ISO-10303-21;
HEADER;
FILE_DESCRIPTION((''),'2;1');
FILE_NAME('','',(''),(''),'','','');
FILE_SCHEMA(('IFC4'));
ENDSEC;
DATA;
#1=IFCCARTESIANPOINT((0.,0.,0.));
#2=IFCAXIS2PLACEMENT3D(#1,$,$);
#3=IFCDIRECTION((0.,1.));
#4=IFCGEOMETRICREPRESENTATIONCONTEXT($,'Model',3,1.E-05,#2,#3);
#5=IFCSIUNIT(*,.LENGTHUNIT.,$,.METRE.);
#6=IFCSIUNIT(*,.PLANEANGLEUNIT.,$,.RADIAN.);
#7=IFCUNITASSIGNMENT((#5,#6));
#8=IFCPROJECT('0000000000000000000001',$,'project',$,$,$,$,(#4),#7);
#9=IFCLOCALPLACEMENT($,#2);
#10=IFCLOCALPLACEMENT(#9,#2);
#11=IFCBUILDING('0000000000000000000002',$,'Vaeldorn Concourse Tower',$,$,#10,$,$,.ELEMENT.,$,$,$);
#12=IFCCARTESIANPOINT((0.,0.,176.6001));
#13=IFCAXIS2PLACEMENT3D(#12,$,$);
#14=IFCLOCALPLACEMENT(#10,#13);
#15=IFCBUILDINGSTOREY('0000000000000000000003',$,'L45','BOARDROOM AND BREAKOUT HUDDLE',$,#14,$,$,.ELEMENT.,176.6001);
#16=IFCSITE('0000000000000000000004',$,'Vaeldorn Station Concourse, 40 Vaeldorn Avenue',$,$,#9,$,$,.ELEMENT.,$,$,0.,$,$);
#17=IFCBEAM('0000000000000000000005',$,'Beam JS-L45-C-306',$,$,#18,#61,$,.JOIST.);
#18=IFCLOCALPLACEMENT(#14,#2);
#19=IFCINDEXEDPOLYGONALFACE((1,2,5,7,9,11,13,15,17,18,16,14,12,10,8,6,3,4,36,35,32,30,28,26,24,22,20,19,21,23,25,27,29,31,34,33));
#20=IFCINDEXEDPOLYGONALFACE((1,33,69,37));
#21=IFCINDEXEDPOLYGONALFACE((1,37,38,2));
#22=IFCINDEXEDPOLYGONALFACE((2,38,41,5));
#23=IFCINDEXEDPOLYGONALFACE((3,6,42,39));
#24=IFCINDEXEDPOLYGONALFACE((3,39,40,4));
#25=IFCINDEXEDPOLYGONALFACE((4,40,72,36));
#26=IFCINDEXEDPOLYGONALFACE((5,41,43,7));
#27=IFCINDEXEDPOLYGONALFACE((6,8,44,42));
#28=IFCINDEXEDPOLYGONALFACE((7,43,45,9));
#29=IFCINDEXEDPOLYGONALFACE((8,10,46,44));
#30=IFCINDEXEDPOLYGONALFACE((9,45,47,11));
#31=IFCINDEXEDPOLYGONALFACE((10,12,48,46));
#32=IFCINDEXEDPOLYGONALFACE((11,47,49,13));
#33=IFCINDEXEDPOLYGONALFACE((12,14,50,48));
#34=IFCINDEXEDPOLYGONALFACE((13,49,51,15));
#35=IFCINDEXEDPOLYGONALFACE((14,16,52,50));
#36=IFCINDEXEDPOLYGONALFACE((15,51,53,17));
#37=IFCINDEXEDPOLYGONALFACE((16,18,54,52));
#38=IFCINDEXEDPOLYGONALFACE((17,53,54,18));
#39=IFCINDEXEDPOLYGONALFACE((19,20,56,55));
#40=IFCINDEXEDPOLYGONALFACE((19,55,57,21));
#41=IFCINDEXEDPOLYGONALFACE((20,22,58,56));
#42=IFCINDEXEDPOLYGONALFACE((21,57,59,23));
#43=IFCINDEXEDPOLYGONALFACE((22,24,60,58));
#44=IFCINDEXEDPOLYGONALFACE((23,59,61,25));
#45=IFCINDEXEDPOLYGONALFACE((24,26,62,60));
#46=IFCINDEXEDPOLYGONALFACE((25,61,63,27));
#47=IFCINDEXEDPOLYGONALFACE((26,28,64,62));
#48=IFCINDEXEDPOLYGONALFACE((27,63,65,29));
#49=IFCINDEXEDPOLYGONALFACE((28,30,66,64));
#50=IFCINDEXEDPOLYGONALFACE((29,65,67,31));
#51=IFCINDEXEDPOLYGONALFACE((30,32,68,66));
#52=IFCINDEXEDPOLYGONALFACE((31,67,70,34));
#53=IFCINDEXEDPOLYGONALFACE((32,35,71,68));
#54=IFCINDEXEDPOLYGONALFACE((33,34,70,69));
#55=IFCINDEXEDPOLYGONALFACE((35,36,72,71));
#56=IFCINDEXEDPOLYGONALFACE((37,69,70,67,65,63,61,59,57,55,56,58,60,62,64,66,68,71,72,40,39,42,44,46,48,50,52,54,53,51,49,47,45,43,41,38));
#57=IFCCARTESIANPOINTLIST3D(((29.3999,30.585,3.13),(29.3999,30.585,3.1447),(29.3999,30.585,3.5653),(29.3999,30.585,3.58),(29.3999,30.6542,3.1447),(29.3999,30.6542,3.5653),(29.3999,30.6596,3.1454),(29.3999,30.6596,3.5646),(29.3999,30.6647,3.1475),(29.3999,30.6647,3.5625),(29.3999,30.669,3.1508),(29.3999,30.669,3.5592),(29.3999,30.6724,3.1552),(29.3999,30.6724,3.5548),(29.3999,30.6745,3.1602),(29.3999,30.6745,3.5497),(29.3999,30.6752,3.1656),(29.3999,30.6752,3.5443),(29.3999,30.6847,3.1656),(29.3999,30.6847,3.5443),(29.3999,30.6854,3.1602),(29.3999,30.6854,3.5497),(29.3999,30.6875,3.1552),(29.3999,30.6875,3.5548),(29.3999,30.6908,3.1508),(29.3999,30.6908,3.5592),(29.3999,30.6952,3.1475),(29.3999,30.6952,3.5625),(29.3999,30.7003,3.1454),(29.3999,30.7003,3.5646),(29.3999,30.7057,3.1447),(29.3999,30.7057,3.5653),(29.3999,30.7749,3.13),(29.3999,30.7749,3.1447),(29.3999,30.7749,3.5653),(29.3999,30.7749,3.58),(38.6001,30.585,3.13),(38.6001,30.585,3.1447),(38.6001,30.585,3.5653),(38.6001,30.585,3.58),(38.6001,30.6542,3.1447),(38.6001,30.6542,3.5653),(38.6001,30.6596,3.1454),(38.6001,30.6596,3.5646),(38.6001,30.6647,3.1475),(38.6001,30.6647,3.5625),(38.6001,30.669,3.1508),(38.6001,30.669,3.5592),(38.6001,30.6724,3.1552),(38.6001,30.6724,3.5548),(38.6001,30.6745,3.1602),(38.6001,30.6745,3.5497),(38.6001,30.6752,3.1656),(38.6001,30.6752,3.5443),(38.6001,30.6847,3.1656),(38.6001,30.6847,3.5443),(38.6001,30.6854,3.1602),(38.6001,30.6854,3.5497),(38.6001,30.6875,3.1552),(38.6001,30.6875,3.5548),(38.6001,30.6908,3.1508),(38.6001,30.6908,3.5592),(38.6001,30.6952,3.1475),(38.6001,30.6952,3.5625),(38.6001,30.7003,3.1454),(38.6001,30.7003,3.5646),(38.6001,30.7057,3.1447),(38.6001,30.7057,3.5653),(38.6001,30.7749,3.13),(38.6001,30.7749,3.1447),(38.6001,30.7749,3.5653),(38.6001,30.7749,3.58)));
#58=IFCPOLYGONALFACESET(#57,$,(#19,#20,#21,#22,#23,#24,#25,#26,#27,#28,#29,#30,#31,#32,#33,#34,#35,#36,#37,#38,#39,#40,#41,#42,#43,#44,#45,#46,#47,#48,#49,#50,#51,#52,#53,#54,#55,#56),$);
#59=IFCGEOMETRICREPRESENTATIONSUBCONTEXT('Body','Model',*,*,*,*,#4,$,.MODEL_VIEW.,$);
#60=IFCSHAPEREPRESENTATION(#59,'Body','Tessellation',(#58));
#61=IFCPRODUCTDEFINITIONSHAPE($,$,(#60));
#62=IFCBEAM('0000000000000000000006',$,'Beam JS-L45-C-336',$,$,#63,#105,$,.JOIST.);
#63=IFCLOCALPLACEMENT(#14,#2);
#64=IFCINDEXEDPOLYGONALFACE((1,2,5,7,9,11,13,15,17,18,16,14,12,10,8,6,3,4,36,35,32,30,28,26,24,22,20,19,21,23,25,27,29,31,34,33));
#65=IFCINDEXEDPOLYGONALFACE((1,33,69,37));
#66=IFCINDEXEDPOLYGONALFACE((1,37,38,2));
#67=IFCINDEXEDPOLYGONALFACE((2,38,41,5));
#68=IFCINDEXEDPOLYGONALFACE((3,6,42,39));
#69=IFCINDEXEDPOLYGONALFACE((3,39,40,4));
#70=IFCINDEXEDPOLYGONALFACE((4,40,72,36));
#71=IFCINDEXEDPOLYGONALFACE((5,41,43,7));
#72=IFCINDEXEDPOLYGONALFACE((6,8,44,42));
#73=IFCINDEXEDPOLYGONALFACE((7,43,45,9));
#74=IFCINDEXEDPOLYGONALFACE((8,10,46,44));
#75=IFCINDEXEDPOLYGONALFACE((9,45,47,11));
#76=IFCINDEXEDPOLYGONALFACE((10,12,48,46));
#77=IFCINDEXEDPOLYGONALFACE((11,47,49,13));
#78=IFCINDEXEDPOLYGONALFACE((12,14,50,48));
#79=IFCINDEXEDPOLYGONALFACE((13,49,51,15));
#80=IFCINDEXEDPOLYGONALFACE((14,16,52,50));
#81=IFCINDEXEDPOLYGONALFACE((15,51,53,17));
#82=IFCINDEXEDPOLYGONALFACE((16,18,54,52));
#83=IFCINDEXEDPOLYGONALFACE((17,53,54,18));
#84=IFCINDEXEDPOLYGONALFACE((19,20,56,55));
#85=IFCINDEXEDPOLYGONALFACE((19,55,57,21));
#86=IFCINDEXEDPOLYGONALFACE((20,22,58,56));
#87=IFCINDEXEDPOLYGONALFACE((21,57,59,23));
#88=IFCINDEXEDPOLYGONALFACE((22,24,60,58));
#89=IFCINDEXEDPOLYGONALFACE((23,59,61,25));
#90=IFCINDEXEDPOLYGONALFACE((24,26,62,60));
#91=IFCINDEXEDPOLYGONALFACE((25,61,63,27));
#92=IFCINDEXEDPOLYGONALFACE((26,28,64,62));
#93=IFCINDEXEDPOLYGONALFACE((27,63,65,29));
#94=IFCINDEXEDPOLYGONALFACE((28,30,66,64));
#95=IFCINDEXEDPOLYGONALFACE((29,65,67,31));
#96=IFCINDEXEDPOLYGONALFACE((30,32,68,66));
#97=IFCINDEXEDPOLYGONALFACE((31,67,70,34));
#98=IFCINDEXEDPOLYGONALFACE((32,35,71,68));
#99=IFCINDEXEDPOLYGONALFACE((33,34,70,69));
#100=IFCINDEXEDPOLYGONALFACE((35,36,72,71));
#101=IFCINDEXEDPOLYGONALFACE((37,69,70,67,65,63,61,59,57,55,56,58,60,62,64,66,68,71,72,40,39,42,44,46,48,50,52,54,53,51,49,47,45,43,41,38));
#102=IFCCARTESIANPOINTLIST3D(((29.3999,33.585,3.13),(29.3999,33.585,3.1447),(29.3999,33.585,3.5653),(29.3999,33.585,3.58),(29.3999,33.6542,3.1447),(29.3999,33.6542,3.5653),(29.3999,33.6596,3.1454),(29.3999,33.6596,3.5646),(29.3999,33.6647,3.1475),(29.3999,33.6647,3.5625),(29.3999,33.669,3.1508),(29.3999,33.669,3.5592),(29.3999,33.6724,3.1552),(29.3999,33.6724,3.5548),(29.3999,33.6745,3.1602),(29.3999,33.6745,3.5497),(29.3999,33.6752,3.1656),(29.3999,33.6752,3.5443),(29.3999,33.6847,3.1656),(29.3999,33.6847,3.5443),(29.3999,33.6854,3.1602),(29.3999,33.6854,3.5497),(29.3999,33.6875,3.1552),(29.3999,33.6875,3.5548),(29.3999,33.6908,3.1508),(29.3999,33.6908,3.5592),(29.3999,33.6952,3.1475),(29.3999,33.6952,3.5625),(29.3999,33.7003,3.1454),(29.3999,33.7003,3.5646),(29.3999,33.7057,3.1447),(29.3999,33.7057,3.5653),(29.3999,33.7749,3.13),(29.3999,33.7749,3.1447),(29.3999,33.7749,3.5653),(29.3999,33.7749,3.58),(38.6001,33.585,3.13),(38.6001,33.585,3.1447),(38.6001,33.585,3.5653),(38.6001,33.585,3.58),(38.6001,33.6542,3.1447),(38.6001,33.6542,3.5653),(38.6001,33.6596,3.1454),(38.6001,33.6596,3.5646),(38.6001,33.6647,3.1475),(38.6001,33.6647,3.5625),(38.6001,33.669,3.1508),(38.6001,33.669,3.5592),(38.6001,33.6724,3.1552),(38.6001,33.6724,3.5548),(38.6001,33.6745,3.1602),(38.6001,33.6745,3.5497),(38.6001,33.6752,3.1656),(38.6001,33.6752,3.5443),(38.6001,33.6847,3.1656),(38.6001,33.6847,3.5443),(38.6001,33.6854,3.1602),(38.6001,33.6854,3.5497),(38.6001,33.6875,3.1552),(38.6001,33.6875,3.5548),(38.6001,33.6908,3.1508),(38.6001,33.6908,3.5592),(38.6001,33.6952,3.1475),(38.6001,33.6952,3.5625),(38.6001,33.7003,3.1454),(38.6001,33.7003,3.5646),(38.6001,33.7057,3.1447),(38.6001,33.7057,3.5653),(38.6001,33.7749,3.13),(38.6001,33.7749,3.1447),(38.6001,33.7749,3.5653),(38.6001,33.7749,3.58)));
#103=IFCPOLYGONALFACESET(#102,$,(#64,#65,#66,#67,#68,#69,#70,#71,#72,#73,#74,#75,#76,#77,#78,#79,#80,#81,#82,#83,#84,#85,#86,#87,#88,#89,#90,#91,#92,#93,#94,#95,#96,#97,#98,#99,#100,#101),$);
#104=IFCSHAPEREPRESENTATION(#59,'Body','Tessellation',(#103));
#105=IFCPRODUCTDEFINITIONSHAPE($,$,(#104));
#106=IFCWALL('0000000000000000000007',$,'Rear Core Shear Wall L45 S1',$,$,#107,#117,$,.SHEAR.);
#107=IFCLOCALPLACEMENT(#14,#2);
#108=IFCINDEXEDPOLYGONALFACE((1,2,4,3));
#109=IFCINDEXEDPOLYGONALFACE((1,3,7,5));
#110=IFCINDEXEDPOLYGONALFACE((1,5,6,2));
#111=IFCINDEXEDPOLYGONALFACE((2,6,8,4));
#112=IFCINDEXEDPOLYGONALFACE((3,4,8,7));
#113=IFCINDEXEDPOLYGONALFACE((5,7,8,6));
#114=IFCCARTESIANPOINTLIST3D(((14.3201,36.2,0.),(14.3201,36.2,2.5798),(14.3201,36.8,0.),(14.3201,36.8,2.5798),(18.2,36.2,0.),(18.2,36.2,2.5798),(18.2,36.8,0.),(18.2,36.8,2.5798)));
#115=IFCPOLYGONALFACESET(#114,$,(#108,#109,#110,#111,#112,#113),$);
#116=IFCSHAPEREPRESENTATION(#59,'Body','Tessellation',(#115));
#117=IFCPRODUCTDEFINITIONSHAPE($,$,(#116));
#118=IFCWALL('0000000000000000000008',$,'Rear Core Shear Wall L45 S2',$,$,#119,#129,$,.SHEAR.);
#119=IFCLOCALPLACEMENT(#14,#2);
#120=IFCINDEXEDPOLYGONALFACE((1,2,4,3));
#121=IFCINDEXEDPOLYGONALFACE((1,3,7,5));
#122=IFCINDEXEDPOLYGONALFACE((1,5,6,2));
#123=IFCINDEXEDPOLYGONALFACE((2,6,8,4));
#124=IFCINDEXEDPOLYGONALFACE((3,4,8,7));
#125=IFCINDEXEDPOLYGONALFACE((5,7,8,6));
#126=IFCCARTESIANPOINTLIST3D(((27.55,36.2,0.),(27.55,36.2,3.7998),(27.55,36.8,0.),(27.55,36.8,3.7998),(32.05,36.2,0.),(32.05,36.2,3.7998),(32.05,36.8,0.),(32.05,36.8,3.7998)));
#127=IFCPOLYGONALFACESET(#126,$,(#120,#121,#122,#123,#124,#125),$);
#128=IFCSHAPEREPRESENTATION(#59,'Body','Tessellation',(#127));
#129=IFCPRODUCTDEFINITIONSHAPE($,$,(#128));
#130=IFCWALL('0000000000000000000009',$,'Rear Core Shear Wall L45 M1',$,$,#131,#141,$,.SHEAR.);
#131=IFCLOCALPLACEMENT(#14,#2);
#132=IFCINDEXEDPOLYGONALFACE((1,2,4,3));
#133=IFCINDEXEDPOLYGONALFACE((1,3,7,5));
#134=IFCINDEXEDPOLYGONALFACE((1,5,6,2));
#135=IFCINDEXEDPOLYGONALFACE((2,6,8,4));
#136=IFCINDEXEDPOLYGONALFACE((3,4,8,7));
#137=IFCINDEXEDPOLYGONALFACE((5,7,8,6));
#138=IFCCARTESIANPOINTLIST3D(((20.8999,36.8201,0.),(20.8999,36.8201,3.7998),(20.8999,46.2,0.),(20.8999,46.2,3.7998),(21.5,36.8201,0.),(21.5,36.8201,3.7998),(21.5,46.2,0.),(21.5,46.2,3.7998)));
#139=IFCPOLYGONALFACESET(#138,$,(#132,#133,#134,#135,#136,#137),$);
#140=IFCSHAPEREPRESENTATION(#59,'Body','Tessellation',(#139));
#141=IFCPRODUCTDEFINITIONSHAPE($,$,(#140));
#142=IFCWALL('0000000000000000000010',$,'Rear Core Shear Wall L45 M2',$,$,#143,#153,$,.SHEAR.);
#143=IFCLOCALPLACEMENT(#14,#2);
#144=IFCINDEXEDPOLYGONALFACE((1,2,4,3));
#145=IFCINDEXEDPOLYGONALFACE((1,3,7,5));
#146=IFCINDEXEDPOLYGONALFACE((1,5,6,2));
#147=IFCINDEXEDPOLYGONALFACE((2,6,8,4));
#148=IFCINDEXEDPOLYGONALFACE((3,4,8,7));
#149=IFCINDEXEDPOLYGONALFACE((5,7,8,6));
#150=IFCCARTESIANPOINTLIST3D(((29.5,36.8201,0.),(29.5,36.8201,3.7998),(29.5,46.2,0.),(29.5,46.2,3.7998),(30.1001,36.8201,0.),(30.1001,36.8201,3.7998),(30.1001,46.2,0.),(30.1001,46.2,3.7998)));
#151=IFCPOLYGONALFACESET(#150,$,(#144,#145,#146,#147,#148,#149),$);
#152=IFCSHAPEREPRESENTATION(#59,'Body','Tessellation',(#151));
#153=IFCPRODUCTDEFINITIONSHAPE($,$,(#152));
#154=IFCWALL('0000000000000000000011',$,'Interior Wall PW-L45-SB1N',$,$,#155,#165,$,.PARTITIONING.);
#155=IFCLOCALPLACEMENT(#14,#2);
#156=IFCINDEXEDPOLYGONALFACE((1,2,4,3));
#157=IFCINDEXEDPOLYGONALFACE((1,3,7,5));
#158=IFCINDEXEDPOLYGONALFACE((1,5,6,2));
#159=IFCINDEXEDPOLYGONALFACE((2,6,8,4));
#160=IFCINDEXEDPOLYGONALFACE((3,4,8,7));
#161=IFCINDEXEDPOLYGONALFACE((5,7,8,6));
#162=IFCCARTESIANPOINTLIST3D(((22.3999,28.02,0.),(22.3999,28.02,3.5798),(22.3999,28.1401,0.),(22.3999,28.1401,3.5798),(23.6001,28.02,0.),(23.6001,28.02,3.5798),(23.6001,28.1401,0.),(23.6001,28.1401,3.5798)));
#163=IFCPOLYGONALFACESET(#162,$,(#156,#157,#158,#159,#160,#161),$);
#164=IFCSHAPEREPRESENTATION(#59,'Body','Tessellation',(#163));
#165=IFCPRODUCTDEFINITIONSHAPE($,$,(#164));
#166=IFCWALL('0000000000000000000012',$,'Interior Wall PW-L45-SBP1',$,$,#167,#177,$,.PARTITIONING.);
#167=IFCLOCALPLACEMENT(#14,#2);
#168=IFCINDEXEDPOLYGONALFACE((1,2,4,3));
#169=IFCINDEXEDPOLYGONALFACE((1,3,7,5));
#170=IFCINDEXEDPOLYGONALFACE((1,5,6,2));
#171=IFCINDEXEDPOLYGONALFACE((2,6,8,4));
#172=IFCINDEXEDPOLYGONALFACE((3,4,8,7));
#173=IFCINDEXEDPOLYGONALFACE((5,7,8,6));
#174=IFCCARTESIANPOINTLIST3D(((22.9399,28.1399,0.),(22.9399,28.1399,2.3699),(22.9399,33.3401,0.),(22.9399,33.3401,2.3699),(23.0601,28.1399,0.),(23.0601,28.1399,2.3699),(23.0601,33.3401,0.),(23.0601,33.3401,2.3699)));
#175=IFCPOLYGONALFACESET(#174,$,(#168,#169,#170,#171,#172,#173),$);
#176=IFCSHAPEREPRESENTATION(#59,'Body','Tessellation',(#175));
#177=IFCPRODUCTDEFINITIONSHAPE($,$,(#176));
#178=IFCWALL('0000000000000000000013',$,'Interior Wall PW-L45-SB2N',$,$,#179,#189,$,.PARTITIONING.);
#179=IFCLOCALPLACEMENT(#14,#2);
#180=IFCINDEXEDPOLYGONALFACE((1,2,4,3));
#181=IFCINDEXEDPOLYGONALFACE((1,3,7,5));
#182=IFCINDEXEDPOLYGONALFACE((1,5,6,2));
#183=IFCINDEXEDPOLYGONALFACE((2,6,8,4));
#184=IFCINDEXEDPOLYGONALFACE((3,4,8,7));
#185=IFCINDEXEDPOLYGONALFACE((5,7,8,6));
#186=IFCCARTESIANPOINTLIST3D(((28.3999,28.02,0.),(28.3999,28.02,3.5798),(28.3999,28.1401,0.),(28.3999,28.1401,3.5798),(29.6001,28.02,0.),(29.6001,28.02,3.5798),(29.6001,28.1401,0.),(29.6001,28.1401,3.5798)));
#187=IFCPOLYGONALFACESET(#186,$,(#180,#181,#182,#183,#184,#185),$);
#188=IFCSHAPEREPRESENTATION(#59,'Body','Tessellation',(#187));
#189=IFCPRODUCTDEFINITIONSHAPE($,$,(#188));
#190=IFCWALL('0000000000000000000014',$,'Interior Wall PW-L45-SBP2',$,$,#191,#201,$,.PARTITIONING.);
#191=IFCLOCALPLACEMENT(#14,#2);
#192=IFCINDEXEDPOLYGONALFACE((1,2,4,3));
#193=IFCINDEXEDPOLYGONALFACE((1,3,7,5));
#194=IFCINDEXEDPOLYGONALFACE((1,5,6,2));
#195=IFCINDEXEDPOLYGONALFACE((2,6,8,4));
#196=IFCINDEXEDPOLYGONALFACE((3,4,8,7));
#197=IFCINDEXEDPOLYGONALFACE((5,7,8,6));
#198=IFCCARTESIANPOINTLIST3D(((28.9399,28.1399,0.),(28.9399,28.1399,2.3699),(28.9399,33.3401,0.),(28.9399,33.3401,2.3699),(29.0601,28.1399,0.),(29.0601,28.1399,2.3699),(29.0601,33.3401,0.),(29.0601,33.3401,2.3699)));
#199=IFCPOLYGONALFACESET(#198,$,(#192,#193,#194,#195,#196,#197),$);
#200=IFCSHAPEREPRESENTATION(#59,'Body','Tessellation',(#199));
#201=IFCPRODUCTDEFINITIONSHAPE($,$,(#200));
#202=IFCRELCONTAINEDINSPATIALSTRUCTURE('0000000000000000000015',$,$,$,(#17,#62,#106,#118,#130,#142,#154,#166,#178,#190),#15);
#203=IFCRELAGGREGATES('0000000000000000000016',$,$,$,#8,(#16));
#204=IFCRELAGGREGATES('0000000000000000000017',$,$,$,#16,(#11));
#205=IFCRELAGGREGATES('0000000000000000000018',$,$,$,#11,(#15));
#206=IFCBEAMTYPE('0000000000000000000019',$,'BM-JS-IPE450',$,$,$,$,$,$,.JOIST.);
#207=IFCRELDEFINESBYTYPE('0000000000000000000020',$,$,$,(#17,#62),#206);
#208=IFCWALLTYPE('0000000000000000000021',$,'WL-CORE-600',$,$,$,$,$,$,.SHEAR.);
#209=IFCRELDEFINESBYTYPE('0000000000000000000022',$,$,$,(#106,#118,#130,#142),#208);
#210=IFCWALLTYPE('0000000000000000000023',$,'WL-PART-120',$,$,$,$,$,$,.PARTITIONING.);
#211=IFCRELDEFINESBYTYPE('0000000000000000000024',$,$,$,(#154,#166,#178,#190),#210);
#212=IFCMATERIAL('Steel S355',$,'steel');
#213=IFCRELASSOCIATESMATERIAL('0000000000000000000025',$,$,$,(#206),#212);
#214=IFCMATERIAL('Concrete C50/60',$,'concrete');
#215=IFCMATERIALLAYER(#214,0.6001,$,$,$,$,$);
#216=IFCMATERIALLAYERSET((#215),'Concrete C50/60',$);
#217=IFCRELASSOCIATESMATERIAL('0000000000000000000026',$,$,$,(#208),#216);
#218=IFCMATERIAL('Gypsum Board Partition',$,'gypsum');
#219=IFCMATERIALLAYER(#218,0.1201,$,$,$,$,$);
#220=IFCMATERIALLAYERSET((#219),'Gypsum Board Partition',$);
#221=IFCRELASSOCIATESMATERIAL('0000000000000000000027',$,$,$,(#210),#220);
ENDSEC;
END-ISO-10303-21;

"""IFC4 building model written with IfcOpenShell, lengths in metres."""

from ifc_helpers import new_model, si_unit, direction, frame, frame_2d, origin, origin_2d, place, context, subcontext, project, spatial, rectangle, i_section, extrude, source, transform, mapped, material, layer, layer_set, material_profile, profile_set, type_object, element, save


model = new_model("IFC4")

# Units and contexts
model_context = context("Model", 3, precision=1e-05, world=origin(), true_north=direction((0.0, 1.0)))
body_context = subcontext(model_context, "Body", "Model", "MODEL_VIEW")
ifc_project = project(units=[si_unit("LENGTHUNIT", "METRE"), si_unit("PLANEANGLEUNIT", "RADIAN")], contexts=[model_context])

# Site, building, storey
site_placement = place(None, origin())
site = spatial("IfcSite", under=ifc_project, at=site_placement, Name="Vaeldorn Station Concourse, 40 Vaeldorn Avenue", CompositionType="ELEMENT", RefElevation=0.0)
building_placement = place(site_placement, origin())
building = spatial("IfcBuilding", under=site, at=building_placement, Name="Vaeldorn Concourse Tower", CompositionType="ELEMENT")
storey_placement = place(building_placement, frame((0.0, 0.0, 176.6001)))
storey = spatial("IfcBuildingStorey", under=building, at=storey_placement, Name="L45", Description="BOARDROOM AND BREAKOUT HUDDLE", CompositionType="ELEMENT", Elevation=176.6001)

# Shared definitions
ifc_material_1 = material(Name="Steel S355", Category="steel")

# Beams
ifc_material_profile_1 = material_profile(ifc_material_1, i_section(OverallWidth=0.1899, OverallDepth=0.45, WebThickness=0.0095, FlangeThickness=0.0146, FilletRadius=0.021, at=origin_2d()), Name="IPE 450")
ifc_profile_set_1 = profile_set([ifc_material_profile_1], Name="Steel S355")
beam_type_1 = type_object("IfcBeamType", Name="BM-JS-IPE450", PredefinedType="JOIST", material=ifc_profile_set_1)
shared_shape_1 = source(origin(), body_context, "Body", "SweptSolid", [
    extrude(i_section(OverallWidth=0.1899, OverallDepth=0.45, WebThickness=0.0095, FlangeThickness=0.0146, FilletRadius=0.021, at=origin_2d()), origin(), (0.0, 0.0, 1.0), 9.2002),
])
for number, where, z_axis, x_axis, name in (
    (1, (29.3999, 30.6799, 3.355), (1.0, 0.0, 0.0), (0.0, 1.0, 0.0), "Beam JS-L45-C-306"),
    (2, (29.3999, 33.6799, 3.355), (1.0, 0.0, 0.0), (0.0, 1.0, 0.0), "Beam JS-L45-C-336"),
):
    element("IfcBeam", number, at=place(storey_placement, frame(where, z_axis=z_axis, x_axis=x_axis)), inside=storey, type_object=beam_type_1, Name=name, PredefinedType="JOIST", context=body_context, shape_type="MappedRepresentation", body=[
        mapped(shared_shape_1, transform((0.0, 0.0, 0.0), scale=1.0)),
    ])

# Walls
ifc_material_2 = material(Name="Concrete C50/60", Category="concrete")
ifc_layer_1 = layer(ifc_material_2, 0.6001)
ifc_layer_set_1 = layer_set([ifc_layer_1], Name="Concrete C50/60")
wall_type_1 = type_object("IfcWallType", Name="WL-CORE-600", PredefinedType="SHEAR", material=ifc_layer_set_1)
wall_1_placement = place(storey_placement, frame((14.3201, 36.5, 0.0), z_axis=(0.0, 0.0, 1.0), x_axis=(1.0, 0.0, 0.0)))
element("IfcWall", 3, at=wall_1_placement, inside=storey, type_object=wall_type_1, Name="Rear Core Shear Wall L45 S1", PredefinedType="SHEAR", context=body_context, shape_type="SweptSolid", body=[
    extrude(rectangle(XDim=3.8799, YDim=0.6001, at=frame_2d((1.9399, 0.0))), origin(), (0.0, 0.0, 1.0), 2.5798),
])
wall_2_placement = place(storey_placement, frame((27.55, 36.5, 0.0), z_axis=(0.0, 0.0, 1.0), x_axis=(1.0, 0.0, 0.0)))
element("IfcWall", 4, at=wall_2_placement, inside=storey, type_object=wall_type_1, Name="Rear Core Shear Wall L45 S2", PredefinedType="SHEAR", context=body_context, shape_type="SweptSolid", body=[
    extrude(rectangle(XDim=4.5, YDim=0.6001, at=frame_2d((2.25, 0.0))), origin(), (0.0, 0.0, 1.0), 3.7998),
])
for number, where, z_axis, x_axis, name in (
    (5, (21.2, 36.8201, 0.0), (0.0, 0.0, 1.0), (0.0, 1.0, 0.0), "Rear Core Shear Wall L45 M1"),
    (6, (29.8, 36.8201, 0.0), (0.0, 0.0, 1.0), (0.0, 1.0, 0.0), "Rear Core Shear Wall L45 M2"),
):
    element("IfcWall", number, at=place(storey_placement, frame(where, z_axis=z_axis, x_axis=x_axis)), inside=storey, type_object=wall_type_1, Name=name, PredefinedType="SHEAR", context=body_context, shape_type="SweptSolid", body=[
        extrude(rectangle(XDim=9.3799, YDim=0.6001, at=frame_2d((4.6899, 0.0))), origin(), (0.0, 0.0, 1.0), 3.7998),
    ])
ifc_material_3 = material(Name="Gypsum Board Partition", Category="gypsum")
ifc_layer_2 = layer(ifc_material_3, 0.1201)
ifc_layer_set_2 = layer_set([ifc_layer_2], Name="Gypsum Board Partition")
wall_type_2 = type_object("IfcWallType", Name="WL-PART-120", PredefinedType="PARTITIONING", material=ifc_layer_set_2)
wall_3_placement = place(storey_placement, frame((22.3999, 28.0801, 0.0), z_axis=(0.0, 0.0, 1.0), x_axis=(1.0, 0.0, 0.0)))
element("IfcWall", 7, at=wall_3_placement, inside=storey, type_object=wall_type_2, Name="Interior Wall PW-L45-SB1N", PredefinedType="PARTITIONING", context=body_context, shape_type="SweptSolid", body=[
    extrude(rectangle(XDim=1.2002, YDim=0.1201, at=frame_2d((0.6001, 0.0))), origin(), (0.0, 0.0, 1.0), 3.5798),
])
wall_4_placement = place(storey_placement, frame((23.0, 28.1399, 0.0), z_axis=(0.0, 0.0, 1.0), x_axis=(0.0, 1.0, 0.0)))
element("IfcWall", 8, at=wall_4_placement, inside=storey, type_object=wall_type_2, Name="Interior Wall PW-L45-SBP1", PredefinedType="PARTITIONING", context=body_context, shape_type="SweptSolid", body=[
    extrude(rectangle(XDim=5.2002, YDim=0.1201, at=frame_2d((2.6001, 0.0))), origin(), (0.0, 0.0, 1.0), 2.3699),
])
wall_5_placement = place(storey_placement, frame((28.3999, 28.0801, 0.0), z_axis=(0.0, 0.0, 1.0), x_axis=(1.0, 0.0, 0.0)))
element("IfcWall", 9, at=wall_5_placement, inside=storey, type_object=wall_type_2, Name="Interior Wall PW-L45-SB2N", PredefinedType="PARTITIONING", context=body_context, shape_type="SweptSolid", body=[
    extrude(rectangle(XDim=1.2002, YDim=0.1201, at=frame_2d((0.6001, 0.0))), origin(), (0.0, 0.0, 1.0), 3.5798),
])
wall_6_placement = place(storey_placement, frame((29.0, 28.1399, 0.0), z_axis=(0.0, 0.0, 1.0), x_axis=(0.0, 1.0, 0.0)))
element("IfcWall", 10, at=wall_6_placement, inside=storey, type_object=wall_type_2, Name="Interior Wall PW-L45-SBP2", PredefinedType="PARTITIONING", context=body_context, shape_type="SweptSolid", body=[
    extrude(rectangle(XDim=5.2002, YDim=0.1201, at=frame_2d((2.6001, 0.0))), origin(), (0.0, 0.0, 1.0), 2.3699),
])

save(model, "model.ifc")
